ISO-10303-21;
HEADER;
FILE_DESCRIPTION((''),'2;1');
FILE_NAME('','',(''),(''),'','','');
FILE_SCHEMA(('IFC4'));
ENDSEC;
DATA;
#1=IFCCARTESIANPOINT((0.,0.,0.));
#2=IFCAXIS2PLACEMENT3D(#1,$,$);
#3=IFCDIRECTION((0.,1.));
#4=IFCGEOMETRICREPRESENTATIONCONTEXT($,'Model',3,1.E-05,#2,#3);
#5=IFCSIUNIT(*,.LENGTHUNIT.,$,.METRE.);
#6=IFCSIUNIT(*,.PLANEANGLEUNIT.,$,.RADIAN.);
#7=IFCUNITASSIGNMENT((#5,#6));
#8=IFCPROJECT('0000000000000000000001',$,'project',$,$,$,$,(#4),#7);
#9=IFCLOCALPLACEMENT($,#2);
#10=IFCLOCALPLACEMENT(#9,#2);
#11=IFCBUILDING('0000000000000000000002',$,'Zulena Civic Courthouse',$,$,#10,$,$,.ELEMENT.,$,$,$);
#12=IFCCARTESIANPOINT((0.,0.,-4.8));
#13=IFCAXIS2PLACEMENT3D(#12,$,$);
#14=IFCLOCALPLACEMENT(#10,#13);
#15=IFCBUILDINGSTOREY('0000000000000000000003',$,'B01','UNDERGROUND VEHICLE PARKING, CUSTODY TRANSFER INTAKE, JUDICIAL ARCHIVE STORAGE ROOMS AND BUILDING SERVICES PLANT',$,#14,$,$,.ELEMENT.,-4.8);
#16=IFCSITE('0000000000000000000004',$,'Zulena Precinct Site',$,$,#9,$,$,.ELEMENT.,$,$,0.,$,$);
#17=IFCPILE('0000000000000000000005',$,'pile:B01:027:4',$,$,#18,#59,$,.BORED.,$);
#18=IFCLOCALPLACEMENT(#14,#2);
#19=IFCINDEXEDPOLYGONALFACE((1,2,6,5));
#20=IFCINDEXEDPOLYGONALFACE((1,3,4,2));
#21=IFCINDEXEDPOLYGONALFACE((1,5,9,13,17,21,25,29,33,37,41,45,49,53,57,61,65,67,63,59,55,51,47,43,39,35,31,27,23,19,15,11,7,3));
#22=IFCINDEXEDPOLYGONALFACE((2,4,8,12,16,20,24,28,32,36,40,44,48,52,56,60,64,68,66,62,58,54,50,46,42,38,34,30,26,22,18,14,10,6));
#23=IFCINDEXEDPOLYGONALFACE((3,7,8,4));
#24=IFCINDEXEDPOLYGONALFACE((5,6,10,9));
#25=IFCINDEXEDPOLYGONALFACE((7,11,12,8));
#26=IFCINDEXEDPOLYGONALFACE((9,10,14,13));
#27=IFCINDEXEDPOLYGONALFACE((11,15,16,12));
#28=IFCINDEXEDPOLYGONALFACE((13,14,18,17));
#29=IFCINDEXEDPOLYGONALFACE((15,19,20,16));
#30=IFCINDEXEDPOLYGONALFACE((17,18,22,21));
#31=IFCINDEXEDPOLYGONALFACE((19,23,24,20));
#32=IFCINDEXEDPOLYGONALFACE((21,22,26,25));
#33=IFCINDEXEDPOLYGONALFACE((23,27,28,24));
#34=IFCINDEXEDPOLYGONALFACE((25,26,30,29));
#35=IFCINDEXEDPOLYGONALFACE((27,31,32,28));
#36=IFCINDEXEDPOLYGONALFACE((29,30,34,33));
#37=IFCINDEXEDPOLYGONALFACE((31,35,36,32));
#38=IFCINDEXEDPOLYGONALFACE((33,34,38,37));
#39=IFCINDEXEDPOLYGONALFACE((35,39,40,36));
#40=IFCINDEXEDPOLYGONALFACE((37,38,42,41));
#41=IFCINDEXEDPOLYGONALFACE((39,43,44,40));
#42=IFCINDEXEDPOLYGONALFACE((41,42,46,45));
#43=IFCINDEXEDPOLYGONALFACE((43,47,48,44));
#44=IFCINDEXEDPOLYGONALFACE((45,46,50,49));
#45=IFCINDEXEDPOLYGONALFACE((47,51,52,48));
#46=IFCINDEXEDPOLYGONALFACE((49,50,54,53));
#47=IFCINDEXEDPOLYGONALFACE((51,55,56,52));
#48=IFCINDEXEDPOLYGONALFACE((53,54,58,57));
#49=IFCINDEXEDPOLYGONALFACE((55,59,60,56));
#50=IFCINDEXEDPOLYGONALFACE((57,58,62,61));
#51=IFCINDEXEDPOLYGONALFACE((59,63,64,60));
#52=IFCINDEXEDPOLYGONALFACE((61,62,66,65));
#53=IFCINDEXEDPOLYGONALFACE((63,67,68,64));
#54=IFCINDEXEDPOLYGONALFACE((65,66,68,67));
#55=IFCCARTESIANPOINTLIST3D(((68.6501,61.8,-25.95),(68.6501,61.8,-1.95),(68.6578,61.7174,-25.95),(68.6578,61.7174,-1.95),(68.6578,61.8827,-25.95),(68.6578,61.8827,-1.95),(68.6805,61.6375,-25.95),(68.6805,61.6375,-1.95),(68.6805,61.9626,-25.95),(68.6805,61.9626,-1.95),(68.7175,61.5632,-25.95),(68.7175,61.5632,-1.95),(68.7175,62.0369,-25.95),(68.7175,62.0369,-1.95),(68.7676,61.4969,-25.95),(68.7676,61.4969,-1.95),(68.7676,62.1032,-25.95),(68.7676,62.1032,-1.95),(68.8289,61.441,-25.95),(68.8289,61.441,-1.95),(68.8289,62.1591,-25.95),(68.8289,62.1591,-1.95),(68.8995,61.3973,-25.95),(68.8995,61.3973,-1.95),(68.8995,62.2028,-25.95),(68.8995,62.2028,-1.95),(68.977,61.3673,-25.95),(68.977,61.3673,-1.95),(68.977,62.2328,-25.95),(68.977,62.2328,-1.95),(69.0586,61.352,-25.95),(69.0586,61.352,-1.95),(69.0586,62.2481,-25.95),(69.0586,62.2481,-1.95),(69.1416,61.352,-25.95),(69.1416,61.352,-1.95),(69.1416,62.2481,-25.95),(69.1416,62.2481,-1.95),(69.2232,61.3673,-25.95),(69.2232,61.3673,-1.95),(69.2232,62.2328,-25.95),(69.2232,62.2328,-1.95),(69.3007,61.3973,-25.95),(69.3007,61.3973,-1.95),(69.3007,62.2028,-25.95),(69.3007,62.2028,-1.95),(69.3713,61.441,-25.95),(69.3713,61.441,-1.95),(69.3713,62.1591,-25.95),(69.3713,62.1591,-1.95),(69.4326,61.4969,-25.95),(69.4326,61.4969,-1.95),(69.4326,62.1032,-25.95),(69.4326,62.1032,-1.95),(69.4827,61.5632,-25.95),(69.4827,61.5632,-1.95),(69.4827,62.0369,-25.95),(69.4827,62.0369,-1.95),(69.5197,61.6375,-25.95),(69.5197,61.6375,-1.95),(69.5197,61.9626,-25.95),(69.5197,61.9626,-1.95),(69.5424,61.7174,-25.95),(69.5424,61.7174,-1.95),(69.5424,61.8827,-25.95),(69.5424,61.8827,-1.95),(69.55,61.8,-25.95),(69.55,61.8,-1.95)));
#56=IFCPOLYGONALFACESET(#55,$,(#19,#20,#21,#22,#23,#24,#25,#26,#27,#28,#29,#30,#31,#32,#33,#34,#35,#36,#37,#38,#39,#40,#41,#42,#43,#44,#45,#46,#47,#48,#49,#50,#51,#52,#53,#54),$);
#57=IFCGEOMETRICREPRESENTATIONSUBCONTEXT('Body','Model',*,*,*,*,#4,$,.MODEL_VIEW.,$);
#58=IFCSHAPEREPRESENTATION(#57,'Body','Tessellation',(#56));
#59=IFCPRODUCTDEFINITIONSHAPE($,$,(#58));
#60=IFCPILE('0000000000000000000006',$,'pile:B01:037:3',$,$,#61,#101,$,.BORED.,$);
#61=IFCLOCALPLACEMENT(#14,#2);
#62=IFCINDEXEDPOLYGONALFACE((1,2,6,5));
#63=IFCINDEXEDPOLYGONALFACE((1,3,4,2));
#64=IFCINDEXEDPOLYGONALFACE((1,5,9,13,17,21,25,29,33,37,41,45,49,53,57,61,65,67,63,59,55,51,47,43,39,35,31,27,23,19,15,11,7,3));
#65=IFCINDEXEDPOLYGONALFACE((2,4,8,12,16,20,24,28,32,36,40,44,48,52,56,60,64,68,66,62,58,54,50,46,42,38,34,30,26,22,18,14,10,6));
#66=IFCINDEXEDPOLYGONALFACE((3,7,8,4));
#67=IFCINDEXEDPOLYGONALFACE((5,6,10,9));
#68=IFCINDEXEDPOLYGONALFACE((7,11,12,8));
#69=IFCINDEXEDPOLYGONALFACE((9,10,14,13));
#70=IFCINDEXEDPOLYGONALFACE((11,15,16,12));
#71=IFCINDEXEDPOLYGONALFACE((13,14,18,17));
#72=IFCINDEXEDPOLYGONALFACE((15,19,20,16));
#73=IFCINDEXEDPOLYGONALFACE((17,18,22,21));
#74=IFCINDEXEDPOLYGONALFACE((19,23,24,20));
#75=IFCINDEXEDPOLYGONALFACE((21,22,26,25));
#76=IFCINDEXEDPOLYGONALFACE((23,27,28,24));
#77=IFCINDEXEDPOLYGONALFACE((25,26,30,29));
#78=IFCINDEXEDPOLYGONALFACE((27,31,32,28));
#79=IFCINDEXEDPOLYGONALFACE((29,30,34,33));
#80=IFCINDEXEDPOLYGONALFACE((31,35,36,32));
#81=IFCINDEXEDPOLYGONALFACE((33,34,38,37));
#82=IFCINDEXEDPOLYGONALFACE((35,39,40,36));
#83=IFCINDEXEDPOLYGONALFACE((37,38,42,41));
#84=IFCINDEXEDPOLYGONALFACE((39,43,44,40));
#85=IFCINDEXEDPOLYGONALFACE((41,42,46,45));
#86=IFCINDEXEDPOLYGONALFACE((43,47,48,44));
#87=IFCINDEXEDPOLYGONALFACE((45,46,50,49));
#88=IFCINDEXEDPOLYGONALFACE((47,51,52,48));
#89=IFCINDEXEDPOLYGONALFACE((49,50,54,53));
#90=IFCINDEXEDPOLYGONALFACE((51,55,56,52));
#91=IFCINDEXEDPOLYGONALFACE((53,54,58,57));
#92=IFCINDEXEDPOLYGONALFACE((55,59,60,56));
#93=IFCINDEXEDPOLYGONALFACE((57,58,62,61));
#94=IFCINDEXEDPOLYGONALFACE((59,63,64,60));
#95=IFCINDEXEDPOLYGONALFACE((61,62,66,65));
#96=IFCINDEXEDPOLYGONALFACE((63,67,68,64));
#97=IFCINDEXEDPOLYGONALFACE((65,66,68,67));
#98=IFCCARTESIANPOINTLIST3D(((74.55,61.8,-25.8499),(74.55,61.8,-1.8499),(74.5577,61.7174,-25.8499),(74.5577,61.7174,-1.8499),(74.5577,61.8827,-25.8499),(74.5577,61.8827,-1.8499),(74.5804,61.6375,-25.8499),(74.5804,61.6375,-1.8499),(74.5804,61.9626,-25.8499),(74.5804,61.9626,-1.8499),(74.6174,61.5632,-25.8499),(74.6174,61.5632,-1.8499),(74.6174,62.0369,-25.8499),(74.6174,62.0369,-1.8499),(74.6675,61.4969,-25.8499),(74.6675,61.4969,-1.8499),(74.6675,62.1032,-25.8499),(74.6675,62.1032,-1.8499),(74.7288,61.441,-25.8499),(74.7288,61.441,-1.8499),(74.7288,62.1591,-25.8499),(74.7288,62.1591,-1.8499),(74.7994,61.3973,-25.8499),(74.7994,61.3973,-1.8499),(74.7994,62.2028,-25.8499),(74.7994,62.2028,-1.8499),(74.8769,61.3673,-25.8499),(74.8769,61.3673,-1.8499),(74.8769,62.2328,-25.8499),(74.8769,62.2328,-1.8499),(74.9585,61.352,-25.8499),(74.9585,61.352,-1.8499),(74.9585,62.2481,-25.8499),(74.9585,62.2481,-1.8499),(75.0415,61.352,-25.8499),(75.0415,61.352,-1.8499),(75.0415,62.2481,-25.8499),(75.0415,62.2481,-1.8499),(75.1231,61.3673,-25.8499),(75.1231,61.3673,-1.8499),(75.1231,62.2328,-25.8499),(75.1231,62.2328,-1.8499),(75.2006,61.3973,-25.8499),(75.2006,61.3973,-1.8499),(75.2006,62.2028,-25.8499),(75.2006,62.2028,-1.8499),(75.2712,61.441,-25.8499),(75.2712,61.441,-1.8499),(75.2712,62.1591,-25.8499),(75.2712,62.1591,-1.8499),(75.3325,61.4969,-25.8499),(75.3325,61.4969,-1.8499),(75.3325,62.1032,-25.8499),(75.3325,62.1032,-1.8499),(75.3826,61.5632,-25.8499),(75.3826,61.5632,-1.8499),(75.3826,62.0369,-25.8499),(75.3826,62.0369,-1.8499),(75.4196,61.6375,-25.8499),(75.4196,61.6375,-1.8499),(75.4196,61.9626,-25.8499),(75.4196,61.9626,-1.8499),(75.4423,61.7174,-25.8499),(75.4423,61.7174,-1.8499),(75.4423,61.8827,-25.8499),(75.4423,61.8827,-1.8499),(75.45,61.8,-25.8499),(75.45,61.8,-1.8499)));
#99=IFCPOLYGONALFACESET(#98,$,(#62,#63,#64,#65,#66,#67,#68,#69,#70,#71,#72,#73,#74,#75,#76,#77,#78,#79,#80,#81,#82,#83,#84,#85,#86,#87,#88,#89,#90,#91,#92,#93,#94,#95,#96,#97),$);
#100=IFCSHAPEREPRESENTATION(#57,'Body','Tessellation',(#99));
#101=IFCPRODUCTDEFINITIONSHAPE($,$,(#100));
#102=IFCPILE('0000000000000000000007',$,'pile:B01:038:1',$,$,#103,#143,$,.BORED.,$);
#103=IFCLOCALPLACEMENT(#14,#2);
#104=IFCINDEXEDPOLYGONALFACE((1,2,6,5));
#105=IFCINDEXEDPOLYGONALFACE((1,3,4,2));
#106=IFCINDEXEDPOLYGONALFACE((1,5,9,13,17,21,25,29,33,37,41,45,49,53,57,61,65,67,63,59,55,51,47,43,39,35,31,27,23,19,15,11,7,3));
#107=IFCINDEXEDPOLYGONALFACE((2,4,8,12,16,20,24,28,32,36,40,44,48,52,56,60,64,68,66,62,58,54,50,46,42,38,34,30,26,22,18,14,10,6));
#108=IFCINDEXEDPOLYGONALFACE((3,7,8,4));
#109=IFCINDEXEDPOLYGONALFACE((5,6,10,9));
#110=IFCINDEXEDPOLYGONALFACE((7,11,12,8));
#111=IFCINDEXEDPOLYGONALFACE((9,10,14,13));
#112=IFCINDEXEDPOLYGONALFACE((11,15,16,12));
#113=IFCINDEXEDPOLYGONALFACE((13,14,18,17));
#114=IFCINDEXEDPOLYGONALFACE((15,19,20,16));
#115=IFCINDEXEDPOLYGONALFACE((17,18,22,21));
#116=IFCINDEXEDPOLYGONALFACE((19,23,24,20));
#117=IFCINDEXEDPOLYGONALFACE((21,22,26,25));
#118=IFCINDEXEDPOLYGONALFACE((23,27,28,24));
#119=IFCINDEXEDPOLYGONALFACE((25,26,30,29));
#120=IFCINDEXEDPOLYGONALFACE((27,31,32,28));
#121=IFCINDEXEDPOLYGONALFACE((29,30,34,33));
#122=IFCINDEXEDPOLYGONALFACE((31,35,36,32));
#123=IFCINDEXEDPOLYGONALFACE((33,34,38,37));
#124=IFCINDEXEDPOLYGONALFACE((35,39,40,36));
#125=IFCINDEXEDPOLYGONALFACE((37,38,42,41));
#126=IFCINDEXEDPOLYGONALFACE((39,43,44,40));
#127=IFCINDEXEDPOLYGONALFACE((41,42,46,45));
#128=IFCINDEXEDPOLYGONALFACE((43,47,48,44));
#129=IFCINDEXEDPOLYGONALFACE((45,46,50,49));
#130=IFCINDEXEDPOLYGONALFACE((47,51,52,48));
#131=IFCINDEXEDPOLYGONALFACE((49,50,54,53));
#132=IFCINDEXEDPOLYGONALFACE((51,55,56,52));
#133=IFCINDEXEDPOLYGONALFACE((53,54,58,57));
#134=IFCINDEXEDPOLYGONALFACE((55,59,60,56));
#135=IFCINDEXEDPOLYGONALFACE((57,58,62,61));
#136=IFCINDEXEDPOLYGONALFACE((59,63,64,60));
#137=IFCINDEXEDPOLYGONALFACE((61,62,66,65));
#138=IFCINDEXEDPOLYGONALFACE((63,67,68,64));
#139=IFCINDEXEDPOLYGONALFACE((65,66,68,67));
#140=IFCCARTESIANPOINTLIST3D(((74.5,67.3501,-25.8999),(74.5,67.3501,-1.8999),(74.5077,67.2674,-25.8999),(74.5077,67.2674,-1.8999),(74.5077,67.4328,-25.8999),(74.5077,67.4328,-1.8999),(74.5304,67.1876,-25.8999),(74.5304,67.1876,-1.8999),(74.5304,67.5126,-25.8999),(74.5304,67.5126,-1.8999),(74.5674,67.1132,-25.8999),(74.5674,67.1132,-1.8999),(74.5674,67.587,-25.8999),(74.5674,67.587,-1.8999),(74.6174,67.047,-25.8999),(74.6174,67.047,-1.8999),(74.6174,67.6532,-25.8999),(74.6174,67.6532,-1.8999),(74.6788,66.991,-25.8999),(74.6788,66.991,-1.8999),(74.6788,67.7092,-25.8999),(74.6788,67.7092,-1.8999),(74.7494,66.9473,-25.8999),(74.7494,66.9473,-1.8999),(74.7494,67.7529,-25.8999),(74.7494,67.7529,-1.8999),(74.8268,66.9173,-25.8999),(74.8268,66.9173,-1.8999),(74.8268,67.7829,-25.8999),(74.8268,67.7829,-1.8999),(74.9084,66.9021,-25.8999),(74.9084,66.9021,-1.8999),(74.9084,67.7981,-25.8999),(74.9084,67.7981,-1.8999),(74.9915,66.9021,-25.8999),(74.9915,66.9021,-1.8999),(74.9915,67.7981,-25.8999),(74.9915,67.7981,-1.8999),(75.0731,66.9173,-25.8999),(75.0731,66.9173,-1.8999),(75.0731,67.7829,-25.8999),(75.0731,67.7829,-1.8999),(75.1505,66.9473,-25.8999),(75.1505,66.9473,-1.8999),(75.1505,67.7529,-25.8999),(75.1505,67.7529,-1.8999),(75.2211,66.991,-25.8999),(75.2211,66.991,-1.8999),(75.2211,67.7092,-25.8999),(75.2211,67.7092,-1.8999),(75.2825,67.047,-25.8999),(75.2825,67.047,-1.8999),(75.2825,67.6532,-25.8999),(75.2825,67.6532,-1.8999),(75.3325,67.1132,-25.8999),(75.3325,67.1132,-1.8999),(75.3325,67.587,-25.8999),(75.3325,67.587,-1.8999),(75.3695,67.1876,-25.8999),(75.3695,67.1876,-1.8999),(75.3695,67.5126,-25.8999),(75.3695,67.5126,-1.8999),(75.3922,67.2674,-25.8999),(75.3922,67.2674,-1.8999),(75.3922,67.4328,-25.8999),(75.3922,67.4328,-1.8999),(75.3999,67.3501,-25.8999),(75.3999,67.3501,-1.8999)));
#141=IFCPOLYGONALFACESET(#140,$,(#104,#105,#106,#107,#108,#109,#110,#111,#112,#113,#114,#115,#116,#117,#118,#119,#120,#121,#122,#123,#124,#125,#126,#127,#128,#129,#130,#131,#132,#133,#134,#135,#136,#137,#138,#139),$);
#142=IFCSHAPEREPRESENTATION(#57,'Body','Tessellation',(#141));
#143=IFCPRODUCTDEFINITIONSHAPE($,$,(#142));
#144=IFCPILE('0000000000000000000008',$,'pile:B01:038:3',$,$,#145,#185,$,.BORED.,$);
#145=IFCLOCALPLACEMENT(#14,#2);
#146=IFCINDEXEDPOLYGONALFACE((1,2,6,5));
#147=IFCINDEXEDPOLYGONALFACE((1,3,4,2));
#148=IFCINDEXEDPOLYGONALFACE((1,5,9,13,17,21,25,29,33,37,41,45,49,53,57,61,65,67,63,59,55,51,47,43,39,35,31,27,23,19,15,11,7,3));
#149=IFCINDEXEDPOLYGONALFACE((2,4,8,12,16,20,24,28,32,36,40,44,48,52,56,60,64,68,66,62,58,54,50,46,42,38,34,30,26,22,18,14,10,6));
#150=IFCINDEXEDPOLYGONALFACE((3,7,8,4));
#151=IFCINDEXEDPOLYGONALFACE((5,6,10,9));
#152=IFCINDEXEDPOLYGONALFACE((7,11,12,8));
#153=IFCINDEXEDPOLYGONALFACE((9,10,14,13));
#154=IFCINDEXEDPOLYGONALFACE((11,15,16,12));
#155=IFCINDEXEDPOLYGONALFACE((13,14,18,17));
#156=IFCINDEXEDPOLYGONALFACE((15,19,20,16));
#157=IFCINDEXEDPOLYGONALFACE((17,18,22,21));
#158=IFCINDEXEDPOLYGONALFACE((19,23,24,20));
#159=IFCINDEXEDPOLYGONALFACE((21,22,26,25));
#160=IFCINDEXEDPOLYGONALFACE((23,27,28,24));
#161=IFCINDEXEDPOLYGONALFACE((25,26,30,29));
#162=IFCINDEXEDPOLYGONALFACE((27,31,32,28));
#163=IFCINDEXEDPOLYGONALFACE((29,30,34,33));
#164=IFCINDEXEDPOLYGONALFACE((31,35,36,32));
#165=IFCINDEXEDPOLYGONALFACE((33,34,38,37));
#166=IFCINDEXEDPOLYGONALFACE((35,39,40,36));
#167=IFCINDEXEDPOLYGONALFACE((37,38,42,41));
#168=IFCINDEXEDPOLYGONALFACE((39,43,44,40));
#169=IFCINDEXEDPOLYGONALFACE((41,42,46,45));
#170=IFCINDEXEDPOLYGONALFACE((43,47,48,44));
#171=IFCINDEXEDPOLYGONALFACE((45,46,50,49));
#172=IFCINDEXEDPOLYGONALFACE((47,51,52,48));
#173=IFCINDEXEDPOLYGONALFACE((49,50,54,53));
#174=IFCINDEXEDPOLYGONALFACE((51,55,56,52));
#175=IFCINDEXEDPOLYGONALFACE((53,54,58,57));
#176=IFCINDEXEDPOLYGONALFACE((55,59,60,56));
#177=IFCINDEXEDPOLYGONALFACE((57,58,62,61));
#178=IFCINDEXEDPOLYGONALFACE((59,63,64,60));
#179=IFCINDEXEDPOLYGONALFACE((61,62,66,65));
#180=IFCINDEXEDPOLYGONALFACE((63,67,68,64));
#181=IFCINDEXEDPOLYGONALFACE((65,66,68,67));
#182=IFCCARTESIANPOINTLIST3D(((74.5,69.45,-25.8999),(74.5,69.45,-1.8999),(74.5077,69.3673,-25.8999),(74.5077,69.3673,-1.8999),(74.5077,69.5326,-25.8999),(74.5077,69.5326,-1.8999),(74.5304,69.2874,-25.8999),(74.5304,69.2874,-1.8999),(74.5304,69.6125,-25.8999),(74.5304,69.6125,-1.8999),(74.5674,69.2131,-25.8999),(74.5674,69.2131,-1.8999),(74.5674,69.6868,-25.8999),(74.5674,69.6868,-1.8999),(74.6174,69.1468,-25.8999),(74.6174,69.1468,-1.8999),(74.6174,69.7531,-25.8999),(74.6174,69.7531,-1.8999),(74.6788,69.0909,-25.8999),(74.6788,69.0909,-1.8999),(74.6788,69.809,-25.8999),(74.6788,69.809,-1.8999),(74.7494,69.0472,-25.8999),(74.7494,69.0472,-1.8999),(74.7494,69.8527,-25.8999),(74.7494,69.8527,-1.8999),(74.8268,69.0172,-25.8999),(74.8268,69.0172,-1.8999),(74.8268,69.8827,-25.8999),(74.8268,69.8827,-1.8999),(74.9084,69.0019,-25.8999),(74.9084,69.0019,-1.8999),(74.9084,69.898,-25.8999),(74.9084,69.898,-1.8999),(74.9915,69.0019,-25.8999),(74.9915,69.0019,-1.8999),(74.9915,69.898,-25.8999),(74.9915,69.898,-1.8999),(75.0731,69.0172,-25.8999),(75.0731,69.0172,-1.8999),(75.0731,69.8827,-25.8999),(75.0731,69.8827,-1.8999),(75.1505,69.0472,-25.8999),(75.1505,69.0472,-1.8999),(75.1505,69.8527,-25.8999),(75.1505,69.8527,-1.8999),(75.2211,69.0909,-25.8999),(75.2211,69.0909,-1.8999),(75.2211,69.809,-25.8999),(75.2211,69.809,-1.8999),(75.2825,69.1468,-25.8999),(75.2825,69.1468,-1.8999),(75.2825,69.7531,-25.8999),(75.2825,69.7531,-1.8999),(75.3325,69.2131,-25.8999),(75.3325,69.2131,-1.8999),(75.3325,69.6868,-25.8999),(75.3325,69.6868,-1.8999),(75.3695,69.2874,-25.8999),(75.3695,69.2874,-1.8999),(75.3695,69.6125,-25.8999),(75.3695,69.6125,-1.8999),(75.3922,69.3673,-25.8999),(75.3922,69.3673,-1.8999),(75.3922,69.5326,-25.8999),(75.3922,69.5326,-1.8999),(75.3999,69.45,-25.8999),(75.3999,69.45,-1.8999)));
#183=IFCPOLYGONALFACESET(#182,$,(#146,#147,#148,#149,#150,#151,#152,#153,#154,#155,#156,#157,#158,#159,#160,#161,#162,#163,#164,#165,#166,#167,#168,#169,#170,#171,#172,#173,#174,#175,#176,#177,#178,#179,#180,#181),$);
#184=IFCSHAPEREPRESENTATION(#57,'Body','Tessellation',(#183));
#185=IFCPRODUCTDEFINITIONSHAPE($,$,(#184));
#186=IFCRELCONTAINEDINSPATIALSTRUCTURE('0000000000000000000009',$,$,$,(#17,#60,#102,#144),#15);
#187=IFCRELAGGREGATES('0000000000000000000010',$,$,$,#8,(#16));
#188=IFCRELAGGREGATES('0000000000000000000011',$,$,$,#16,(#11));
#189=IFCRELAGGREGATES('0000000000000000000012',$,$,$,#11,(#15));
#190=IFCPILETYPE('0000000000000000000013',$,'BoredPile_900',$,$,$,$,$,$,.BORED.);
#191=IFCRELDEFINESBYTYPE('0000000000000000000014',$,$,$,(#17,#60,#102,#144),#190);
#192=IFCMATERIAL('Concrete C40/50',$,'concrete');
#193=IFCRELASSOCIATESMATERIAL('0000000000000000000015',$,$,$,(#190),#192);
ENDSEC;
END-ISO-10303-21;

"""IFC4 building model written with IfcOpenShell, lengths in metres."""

from ifc_helpers import new_model, si_unit, direction, frame, origin, origin_2d, place, context, subcontext, project, spatial, circle, extrude, material, material_profile, profile_set, type_object, element, save


model = new_model("IFC4")

# Units and contexts
model_context = context("Model", 3, precision=1e-05, world=origin(), true_north=direction((0.0, 1.0)))
body_context = subcontext(model_context, "Body", "Model", "MODEL_VIEW")
ifc_project = project(units=[si_unit("LENGTHUNIT", "METRE"), si_unit("PLANEANGLEUNIT", "RADIAN")], contexts=[model_context])

# Site, building, storey
site_placement = place(None, origin())
site = spatial("IfcSite", under=ifc_project, at=site_placement, Name="Zulena Precinct Site", CompositionType="ELEMENT", RefElevation=0.0)
building_placement = place(site_placement, origin())
building = spatial("IfcBuilding", under=site, at=building_placement, Name="Zulena Civic Courthouse", CompositionType="ELEMENT")
storey_placement = place(building_placement, frame((0.0, 0.0, -4.8)))
storey = spatial("IfcBuildingStorey", under=building, at=storey_placement, Name="B01", Description="UNDERGROUND VEHICLE PARKING, CUSTODY TRANSFER INTAKE, JUDICIAL ARCHIVE STORAGE ROOMS AND BUILDING SERVICES PLANT", CompositionType="ELEMENT", Elevation=-4.8)

# Piles
ifc_material_1 = material(Name="Concrete C40/50", Category="concrete")
ifc_material_profile_1 = material_profile(ifc_material_1, circle(Radius=0.45, at=origin_2d()), Name="PILE900")
ifc_profile_set_1 = profile_set([ifc_material_profile_1], Name="Concrete C40/50")
pile_type_1 = type_object("IfcPileType", Name="BoredPile_900", PredefinedType="BORED", material=ifc_profile_set_1)
for number, where, z_axis, x_axis, name in (
    (1, (69.1001, 61.8, -1.95), (0.0, 0.0, -1.0), (1.0, 0.0, 0.0), "pile:B01:027:4"),
    (2, (75.0, 61.8, -1.8499), (0.0, 0.0, -1.0), (1.0, 0.0, 0.0), "pile:B01:037:3"),
    (3, (74.95, 67.3501, -1.8999), (0.0, 0.0, -1.0), (1.0, 0.0, 0.0), "pile:B01:038:1"),
    (4, (74.95, 69.45, -1.8999), (0.0, 0.0, -1.0), (1.0, 0.0, 0.0), "pile:B01:038:3"),
):
    element("IfcPile", number, at=place(storey_placement, frame(where, z_axis=z_axis, x_axis=x_axis)), inside=storey, type_object=pile_type_1, Name=name, PredefinedType="BORED", context=body_context, shape_type="SweptSolid", body=[
        extrude(circle(Radius=0.45, at=origin_2d()), origin(), (0.0, 0.0, 1.0), 24.0),
    ])

save(model, "model.ifc")
